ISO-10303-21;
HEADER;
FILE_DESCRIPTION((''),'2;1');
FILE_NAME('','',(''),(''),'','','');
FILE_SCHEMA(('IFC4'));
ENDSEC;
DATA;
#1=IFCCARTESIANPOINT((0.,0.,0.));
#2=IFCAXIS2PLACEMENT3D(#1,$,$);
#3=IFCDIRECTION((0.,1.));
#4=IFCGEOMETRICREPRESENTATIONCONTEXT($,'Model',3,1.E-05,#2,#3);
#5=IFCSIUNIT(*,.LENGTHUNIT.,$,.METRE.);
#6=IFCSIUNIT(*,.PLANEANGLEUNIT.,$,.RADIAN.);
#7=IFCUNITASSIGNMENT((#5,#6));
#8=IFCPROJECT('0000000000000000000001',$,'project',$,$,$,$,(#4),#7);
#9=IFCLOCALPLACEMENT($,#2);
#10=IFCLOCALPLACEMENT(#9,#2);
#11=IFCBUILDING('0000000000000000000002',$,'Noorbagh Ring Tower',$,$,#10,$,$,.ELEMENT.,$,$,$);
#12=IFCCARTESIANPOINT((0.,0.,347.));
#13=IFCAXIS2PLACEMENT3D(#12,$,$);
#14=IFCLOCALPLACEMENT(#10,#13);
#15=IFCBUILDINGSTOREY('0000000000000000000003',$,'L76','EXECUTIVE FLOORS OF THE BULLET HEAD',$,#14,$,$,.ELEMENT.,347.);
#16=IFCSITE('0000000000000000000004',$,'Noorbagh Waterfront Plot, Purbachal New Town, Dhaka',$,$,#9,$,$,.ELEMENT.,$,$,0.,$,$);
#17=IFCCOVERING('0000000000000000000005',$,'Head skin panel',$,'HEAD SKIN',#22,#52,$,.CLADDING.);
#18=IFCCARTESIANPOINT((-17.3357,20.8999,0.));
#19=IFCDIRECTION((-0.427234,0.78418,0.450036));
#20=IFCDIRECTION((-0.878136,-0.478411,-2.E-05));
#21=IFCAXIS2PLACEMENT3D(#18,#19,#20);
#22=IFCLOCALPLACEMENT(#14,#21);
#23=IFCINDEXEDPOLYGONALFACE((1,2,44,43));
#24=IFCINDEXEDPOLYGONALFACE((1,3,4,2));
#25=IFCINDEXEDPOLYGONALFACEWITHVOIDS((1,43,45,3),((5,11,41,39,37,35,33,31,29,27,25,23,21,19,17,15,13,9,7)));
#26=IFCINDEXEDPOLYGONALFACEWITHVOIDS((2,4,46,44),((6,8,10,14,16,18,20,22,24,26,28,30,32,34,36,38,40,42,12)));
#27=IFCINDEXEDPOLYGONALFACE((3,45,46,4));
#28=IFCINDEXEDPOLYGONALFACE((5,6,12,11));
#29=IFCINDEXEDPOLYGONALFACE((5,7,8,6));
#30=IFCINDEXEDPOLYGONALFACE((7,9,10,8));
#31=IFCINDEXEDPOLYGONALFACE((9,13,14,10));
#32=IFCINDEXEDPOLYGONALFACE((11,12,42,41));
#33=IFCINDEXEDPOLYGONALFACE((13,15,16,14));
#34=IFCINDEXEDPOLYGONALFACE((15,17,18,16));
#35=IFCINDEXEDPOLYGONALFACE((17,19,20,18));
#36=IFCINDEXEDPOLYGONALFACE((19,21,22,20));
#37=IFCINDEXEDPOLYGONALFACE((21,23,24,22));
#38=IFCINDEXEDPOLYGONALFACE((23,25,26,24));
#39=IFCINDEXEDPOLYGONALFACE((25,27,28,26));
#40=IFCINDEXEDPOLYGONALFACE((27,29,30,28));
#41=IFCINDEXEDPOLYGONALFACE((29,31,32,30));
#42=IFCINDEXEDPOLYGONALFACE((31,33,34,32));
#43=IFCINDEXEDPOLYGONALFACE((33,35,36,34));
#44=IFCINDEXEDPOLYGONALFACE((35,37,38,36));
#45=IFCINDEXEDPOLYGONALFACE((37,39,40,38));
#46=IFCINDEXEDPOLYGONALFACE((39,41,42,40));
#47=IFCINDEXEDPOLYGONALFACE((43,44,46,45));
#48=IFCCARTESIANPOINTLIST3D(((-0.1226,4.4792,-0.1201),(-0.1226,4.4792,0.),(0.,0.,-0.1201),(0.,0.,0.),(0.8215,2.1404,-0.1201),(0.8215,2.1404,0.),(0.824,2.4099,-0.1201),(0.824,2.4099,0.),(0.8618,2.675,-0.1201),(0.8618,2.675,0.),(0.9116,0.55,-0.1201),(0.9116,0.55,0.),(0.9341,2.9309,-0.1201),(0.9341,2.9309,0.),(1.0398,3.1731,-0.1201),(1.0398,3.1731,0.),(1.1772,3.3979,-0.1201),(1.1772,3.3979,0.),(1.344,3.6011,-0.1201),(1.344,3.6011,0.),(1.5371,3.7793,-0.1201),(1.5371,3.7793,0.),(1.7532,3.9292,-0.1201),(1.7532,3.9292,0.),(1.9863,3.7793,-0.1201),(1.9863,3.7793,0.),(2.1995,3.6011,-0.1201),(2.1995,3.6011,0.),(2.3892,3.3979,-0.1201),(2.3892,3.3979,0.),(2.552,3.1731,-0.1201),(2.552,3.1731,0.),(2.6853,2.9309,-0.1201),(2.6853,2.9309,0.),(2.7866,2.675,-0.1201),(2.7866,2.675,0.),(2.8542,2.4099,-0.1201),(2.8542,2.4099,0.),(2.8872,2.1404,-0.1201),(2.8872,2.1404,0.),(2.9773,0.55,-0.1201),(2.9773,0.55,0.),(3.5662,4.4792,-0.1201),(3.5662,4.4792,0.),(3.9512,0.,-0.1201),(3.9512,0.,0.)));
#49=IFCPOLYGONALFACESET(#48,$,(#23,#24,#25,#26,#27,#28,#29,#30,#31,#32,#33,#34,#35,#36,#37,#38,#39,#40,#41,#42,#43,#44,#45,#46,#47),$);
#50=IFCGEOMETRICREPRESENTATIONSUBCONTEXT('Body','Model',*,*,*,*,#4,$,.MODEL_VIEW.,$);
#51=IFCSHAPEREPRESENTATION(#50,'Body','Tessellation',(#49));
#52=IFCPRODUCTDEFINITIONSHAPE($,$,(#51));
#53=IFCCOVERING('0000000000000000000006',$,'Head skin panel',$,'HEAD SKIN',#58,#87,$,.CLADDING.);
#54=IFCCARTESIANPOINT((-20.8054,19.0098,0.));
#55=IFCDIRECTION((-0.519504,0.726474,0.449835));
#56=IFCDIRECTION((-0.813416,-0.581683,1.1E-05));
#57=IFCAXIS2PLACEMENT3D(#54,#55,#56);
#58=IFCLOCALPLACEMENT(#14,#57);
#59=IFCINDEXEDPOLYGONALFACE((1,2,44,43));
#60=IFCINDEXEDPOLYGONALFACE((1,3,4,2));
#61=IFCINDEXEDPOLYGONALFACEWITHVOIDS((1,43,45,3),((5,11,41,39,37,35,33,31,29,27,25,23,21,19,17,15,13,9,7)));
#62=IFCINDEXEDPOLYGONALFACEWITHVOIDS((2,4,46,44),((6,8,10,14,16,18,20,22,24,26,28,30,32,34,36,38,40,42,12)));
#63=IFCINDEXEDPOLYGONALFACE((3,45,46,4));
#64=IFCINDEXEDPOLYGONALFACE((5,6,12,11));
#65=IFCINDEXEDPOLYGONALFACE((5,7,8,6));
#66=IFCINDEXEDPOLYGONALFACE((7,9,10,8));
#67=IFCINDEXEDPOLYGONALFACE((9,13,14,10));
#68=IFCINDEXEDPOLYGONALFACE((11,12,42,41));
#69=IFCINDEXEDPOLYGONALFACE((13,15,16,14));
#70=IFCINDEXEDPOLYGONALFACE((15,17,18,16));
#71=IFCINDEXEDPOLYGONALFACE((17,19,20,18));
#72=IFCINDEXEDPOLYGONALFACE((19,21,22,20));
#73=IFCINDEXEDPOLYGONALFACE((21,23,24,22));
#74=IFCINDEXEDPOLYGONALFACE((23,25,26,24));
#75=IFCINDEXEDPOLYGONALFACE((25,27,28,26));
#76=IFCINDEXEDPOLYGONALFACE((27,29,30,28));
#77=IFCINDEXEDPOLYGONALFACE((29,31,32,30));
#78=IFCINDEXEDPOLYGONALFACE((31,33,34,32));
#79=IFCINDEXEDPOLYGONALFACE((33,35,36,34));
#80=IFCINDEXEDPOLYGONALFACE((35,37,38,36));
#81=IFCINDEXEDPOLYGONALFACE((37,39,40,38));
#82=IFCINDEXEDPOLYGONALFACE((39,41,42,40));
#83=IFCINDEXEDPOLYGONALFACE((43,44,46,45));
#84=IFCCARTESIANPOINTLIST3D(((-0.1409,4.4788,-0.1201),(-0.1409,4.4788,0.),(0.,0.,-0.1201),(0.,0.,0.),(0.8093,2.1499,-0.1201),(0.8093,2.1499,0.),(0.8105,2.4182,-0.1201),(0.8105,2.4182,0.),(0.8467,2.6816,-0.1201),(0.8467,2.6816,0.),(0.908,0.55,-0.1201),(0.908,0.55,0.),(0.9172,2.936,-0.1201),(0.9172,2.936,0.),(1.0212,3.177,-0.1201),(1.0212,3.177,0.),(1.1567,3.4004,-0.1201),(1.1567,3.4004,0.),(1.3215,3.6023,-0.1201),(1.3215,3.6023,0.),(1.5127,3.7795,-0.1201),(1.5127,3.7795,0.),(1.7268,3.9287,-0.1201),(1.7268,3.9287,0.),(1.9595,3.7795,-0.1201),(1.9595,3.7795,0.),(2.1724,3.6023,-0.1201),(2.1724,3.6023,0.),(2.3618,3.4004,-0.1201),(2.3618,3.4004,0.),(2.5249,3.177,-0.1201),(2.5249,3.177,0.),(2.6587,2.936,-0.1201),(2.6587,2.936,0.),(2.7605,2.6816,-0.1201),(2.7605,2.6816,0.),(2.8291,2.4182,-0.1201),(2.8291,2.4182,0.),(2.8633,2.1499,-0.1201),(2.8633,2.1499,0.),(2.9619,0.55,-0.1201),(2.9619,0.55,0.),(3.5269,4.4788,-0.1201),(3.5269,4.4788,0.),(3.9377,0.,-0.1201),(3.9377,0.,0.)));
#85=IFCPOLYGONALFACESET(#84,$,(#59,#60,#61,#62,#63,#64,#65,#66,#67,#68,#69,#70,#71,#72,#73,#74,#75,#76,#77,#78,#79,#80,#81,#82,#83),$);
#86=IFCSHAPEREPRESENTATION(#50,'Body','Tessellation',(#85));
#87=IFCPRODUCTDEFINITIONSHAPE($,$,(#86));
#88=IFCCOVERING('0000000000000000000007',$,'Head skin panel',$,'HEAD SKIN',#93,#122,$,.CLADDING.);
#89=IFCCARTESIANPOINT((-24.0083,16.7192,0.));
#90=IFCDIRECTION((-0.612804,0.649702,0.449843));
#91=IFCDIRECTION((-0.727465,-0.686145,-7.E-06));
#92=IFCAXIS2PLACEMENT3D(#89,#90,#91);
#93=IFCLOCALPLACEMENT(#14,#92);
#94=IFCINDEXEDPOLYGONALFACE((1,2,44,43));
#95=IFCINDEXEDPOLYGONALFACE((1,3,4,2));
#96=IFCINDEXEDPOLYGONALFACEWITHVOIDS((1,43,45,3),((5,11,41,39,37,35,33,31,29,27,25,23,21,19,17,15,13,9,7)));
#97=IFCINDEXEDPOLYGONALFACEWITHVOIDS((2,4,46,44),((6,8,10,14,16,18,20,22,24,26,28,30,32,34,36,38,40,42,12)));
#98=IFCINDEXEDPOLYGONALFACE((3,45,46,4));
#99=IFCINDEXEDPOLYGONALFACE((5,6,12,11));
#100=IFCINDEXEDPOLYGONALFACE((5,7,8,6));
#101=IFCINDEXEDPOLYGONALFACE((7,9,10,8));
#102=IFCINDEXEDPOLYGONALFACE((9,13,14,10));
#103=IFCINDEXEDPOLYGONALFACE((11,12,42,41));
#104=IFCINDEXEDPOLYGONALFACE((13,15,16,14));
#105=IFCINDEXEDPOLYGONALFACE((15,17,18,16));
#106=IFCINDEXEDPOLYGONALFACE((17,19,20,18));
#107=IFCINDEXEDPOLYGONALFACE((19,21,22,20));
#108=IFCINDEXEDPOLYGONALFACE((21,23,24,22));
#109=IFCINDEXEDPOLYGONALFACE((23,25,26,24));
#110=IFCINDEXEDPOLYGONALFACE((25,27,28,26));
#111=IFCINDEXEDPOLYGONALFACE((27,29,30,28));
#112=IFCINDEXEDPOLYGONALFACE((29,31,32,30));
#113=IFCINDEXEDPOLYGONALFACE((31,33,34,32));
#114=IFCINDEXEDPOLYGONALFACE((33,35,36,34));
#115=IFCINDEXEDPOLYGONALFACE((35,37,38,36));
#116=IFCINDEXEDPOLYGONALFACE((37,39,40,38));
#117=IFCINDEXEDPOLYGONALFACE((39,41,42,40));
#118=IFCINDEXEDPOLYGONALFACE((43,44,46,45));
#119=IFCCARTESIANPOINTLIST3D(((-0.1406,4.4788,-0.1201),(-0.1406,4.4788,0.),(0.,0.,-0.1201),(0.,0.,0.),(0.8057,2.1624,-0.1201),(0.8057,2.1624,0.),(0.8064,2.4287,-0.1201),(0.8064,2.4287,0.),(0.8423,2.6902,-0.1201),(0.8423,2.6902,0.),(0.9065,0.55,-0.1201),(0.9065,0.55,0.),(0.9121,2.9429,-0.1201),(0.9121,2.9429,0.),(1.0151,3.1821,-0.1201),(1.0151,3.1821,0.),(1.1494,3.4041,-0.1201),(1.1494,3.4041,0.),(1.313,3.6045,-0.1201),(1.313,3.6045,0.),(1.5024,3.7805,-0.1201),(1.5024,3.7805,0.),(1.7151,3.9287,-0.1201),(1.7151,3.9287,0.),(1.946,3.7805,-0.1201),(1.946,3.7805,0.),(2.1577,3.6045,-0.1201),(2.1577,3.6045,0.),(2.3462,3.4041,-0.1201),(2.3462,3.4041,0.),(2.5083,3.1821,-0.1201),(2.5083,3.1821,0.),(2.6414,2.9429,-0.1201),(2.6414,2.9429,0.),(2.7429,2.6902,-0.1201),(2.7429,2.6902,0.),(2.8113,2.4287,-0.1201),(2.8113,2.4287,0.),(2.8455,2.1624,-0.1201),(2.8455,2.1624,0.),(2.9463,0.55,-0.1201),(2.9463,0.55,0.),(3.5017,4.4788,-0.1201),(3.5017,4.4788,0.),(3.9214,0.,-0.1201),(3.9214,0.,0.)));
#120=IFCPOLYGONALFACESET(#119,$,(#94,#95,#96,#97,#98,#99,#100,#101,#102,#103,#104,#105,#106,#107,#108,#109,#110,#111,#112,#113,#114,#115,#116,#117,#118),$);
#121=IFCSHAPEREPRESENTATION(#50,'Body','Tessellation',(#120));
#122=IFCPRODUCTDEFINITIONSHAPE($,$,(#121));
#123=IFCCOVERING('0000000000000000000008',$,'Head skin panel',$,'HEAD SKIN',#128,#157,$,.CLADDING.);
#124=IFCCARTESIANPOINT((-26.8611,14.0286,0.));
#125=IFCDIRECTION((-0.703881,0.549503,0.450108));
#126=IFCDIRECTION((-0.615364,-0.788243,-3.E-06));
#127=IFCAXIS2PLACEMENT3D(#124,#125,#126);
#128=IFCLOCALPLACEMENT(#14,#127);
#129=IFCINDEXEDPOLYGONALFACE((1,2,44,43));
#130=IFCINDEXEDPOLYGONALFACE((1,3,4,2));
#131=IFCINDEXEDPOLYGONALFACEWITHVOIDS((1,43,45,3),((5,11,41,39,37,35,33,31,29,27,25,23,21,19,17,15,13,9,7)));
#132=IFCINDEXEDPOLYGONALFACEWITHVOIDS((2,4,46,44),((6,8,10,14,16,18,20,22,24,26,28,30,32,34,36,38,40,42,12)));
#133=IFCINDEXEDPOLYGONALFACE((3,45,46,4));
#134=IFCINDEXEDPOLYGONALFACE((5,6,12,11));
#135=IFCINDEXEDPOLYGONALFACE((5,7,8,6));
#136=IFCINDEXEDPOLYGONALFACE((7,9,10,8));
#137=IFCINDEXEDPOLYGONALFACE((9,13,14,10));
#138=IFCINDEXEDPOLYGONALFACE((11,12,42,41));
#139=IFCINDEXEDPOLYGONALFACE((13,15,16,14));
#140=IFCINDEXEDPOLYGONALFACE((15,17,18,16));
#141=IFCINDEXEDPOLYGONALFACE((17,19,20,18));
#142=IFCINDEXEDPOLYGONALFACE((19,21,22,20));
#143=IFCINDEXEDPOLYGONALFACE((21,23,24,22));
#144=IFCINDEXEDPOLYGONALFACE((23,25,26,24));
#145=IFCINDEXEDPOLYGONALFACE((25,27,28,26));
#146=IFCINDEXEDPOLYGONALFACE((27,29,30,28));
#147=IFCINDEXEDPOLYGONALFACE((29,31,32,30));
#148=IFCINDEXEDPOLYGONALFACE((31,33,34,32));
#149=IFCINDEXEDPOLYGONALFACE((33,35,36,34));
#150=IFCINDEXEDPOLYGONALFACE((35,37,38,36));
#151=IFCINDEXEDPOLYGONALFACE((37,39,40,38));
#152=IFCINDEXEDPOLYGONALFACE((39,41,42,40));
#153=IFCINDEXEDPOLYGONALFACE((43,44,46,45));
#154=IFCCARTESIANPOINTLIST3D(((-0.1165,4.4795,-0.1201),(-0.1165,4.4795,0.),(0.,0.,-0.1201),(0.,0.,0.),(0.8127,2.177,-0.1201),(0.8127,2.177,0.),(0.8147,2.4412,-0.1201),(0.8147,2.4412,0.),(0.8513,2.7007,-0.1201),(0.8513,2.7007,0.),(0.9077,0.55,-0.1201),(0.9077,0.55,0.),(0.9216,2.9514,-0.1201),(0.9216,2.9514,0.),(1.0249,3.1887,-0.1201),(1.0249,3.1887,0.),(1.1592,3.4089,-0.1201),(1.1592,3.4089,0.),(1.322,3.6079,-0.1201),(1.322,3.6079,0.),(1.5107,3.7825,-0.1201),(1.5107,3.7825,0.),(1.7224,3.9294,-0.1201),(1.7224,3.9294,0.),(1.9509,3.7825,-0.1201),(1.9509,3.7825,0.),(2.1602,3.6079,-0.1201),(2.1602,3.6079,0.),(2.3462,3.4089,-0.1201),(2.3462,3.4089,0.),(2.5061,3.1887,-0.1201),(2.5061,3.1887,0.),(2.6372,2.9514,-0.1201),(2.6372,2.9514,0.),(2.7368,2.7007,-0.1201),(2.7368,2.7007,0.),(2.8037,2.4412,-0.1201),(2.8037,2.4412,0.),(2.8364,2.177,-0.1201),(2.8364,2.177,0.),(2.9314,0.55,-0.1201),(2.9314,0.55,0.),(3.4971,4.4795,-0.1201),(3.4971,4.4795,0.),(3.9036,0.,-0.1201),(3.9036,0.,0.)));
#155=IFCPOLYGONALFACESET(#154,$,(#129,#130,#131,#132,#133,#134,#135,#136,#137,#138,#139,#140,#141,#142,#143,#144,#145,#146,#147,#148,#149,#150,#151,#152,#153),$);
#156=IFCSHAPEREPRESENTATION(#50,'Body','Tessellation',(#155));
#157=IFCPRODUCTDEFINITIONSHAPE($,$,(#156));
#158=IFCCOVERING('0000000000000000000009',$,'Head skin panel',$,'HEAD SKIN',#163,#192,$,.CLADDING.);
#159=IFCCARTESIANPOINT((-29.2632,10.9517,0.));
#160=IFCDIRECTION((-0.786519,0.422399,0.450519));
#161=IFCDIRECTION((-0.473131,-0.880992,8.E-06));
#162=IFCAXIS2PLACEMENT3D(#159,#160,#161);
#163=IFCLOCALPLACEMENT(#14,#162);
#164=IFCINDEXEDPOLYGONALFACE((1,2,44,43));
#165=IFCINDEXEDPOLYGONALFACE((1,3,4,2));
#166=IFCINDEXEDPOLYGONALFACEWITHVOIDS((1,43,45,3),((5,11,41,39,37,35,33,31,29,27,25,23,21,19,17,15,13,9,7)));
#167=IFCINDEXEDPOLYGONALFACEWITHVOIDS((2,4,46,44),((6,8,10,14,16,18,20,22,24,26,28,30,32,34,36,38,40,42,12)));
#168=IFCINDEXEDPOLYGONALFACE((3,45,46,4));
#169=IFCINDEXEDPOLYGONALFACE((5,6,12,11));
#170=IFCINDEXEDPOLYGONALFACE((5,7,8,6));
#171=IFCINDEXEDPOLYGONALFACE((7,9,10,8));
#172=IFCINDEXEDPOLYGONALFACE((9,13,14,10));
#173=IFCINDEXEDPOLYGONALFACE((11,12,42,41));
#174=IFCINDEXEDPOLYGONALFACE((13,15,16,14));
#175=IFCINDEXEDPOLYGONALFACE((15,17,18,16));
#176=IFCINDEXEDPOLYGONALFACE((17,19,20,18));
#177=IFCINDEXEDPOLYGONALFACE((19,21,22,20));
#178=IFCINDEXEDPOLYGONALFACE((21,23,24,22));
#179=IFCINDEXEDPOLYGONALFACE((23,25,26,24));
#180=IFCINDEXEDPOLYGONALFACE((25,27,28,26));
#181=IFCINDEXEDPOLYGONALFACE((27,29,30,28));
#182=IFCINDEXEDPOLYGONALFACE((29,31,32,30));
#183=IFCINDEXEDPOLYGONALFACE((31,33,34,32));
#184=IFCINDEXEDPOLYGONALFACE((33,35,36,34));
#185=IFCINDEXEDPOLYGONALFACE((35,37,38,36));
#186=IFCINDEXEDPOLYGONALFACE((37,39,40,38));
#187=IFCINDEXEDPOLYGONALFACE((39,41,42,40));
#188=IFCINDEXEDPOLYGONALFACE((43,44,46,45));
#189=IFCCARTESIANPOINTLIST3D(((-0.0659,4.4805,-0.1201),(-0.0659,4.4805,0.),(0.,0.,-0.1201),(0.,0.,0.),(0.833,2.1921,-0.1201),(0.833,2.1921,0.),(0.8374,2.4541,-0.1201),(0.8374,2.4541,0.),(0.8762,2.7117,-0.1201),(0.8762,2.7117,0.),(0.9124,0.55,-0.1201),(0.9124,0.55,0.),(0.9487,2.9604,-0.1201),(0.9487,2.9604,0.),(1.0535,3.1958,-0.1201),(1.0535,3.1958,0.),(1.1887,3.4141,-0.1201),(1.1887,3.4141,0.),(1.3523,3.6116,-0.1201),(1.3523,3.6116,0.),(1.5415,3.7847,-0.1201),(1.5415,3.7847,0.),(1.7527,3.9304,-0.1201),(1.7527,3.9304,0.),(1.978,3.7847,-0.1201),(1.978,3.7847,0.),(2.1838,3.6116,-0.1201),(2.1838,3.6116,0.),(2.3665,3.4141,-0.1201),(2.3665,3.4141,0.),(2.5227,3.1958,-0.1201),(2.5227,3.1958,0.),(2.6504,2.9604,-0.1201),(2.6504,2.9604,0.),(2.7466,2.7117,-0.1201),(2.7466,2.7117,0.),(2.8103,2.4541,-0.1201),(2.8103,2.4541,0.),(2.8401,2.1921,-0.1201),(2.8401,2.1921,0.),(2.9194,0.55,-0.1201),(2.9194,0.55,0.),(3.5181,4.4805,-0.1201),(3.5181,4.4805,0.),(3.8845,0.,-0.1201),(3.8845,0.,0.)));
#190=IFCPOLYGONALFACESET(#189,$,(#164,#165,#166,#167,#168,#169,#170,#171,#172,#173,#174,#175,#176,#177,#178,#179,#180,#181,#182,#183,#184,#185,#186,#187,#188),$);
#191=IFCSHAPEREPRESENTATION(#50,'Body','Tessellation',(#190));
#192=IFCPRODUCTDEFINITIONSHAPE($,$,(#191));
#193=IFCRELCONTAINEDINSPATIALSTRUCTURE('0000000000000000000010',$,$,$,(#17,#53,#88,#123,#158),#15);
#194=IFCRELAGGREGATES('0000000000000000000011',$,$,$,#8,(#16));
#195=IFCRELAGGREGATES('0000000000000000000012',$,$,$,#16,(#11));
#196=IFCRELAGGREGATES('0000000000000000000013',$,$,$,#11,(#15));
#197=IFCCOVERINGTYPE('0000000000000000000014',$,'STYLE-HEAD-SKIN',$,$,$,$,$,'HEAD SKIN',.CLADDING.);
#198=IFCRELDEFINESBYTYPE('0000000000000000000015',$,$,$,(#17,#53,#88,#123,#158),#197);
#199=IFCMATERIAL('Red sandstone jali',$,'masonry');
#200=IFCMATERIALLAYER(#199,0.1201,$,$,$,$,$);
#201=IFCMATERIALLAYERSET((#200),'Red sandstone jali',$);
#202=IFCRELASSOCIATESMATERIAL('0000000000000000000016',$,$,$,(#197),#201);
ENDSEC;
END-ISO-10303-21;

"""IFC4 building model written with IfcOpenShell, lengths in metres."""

from ifc_helpers import new_model, si_unit, direction, frame, origin, place, context, subcontext, project, spatial, polyline, outline, extrude, material, layer, layer_set, type_object, element, save


model = new_model("IFC4")

# Units and contexts
model_context = context("Model", 3, precision=1e-05, world=origin(), true_north=direction((0.0, 1.0)))
body_context = subcontext(model_context, "Body", "Model", "MODEL_VIEW")
ifc_project = project(units=[si_unit("LENGTHUNIT", "METRE"), si_unit("PLANEANGLEUNIT", "RADIAN")], contexts=[model_context])

# Site, building, storey
site_placement = place(None, origin())
site = spatial("IfcSite", under=ifc_project, at=site_placement, Name="Noorbagh Waterfront Plot, Purbachal New Town, Dhaka", CompositionType="ELEMENT", RefElevation=0.0)
building_placement = place(site_placement, origin())
building = spatial("IfcBuilding", under=site, at=building_placement, Name="Noorbagh Ring Tower", CompositionType="ELEMENT")
storey_placement = place(building_placement, frame((0.0, 0.0, 347.0)))
storey = spatial("IfcBuildingStorey", under=building, at=storey_placement, Name="L76", Description="EXECUTIVE FLOORS OF THE BULLET HEAD", CompositionType="ELEMENT", Elevation=347.0)

# Coverings
ifc_material_1 = material(Name="Red sandstone jali", Category="masonry")
ifc_layer_1 = layer(ifc_material_1, 0.1201)
ifc_layer_set_1 = layer_set([ifc_layer_1], Name="Red sandstone jali")
covering_type_1 = type_object("IfcCoveringType", Name="STYLE-HEAD-SKIN", ElementType="HEAD SKIN", PredefinedType="CLADDING", material=ifc_layer_set_1)
covering_1_placement = place(storey_placement, frame((-17.3357, 20.8999, 0.0), z_axis=(-0.427234, 0.78418, 0.450036), x_axis=(-0.878136, -0.478411, -0.00002)))
element("IfcCovering", 1, at=covering_1_placement, inside=storey, type_object=covering_type_1, Name="Head skin panel", ObjectType="HEAD SKIN", PredefinedType="CLADDING", context=body_context, shape_type="SweptSolid", body=[
    extrude(outline(polyline([(0.0, 0.0), (3.9512, 0.0), (3.5662, 4.4792), (-0.1226, 4.4792), (0.0, 0.0)]), holes=[polyline([(0.9116, 0.55), (0.8215, 2.1404), (0.824, 2.4099), (0.8618, 2.675), (0.9341, 2.9309), (1.0398, 3.1731), (1.1772, 3.3979), (1.344, 3.6011), (1.5371, 3.7793), (1.7532, 3.9292), (1.9863, 3.7793), (2.1995, 3.6011), (2.3892, 3.3979), (2.552, 3.1731), (2.6853, 2.9309), (2.7866, 2.675), (2.8542, 2.4099), (2.8872, 2.1404), (2.9773, 0.55), (0.9116, 0.55)])]), origin(), (0.0, 0.0, -1.0), 0.1201),
])
covering_2_placement = place(storey_placement, frame((-20.8054, 19.0098, 0.0), z_axis=(-0.519504, 0.726474, 0.449835), x_axis=(-0.813416, -0.581683, 0.000011)))
element("IfcCovering", 2, at=covering_2_placement, inside=storey, type_object=covering_type_1, Name="Head skin panel", ObjectType="HEAD SKIN", PredefinedType="CLADDING", context=body_context, shape_type="SweptSolid", body=[
    extrude(outline(polyline([(0.0, 0.0), (3.9377, 0.0), (3.5269, 4.4788), (-0.1409, 4.4788), (0.0, 0.0)]), holes=[polyline([(0.908, 0.55), (0.8093, 2.1499), (0.8105, 2.4182), (0.8467, 2.6816), (0.9172, 2.936), (1.0212, 3.177), (1.1567, 3.4004), (1.3215, 3.6023), (1.5127, 3.7795), (1.7268, 3.9287), (1.9595, 3.7795), (2.1724, 3.6023), (2.3618, 3.4004), (2.5249, 3.177), (2.6587, 2.936), (2.7605, 2.6816), (2.8291, 2.4182), (2.8633, 2.1499), (2.9619, 0.55), (0.908, 0.55)])]), origin(), (0.0, 0.0, -1.0), 0.1201),
])
covering_3_placement = place(storey_placement, frame((-24.0083, 16.7192, 0.0), z_axis=(-0.612804, 0.649702, 0.449843), x_axis=(-0.727465, -0.686145, -0.000007)))
element("IfcCovering", 3, at=covering_3_placement, inside=storey, type_object=covering_type_1, Name="Head skin panel", ObjectType="HEAD SKIN", PredefinedType="CLADDING", context=body_context, shape_type="SweptSolid", body=[
    extrude(outline(polyline([(0.0, 0.0), (3.9214, 0.0), (3.5017, 4.4788), (-0.1406, 4.4788), (0.0, 0.0)]), holes=[polyline([(0.9065, 0.55), (0.8057, 2.1624), (0.8064, 2.4287), (0.8423, 2.6902), (0.9121, 2.9429), (1.0151, 3.1821), (1.1494, 3.4041), (1.313, 3.6045), (1.5024, 3.7805), (1.7151, 3.9287), (1.946, 3.7805), (2.1577, 3.6045), (2.3462, 3.4041), (2.5083, 3.1821), (2.6414, 2.9429), (2.7429, 2.6902), (2.8113, 2.4287), (2.8455, 2.1624), (2.9463, 0.55), (0.9065, 0.55)])]), origin(), (0.0, 0.0, -1.0), 0.1201),
])
covering_4_placement = place(storey_placement, frame((-26.8611, 14.0286, 0.0), z_axis=(-0.703881, 0.549503, 0.450108), x_axis=(-0.615364, -0.788243, -0.000003)))
element("IfcCovering", 4, at=covering_4_placement, inside=storey, type_object=covering_type_1, Name="Head skin panel", ObjectType="HEAD SKIN", PredefinedType="CLADDING", context=body_context, shape_type="SweptSolid", body=[
    extrude(outline(polyline([(0.0, 0.0), (3.9036, 0.0), (3.4971, 4.4795), (-0.1165, 4.4795), (0.0, 0.0)]), holes=[polyline([(0.9077, 0.55), (0.8127, 2.177), (0.8147, 2.4412), (0.8513, 2.7007), (0.9216, 2.9514), (1.0249, 3.1887), (1.1592, 3.4089), (1.322, 3.6079), (1.5107, 3.7825), (1.7224, 3.9294), (1.9509, 3.7825), (2.1602, 3.6079), (2.3462, 3.4089), (2.5061, 3.1887), (2.6372, 2.9514), (2.7368, 2.7007), (2.8037, 2.4412), (2.8364, 2.177), (2.9314, 0.55), (0.9077, 0.55)])]), origin(), (0.0, 0.0, -1.0), 0.1201),
])
covering_5_placement = place(storey_placement, frame((-29.2632, 10.9517, 0.0), z_axis=(-0.786519, 0.422399, 0.450519), x_axis=(-0.473131, -0.880992, 0.000008)))
element("IfcCovering", 5, at=covering_5_placement, inside=storey, type_object=covering_type_1, Name="Head skin panel", ObjectType="HEAD SKIN", PredefinedType="CLADDING", context=body_context, shape_type="SweptSolid", body=[
    extrude(outline(polyline([(0.0, 0.0), (3.8845, 0.0), (3.5181, 4.4805), (-0.0659, 4.4805), (0.0, 0.0)]), holes=[polyline([(0.9124, 0.55), (0.833, 2.1921), (0.8374, 2.4541), (0.8762, 2.7117), (0.9487, 2.9604), (1.0535, 3.1958), (1.1887, 3.4141), (1.3523, 3.6116), (1.5415, 3.7847), (1.7527, 3.9304), (1.978, 3.7847), (2.1838, 3.6116), (2.3665, 3.4141), (2.5227, 3.1958), (2.6504, 2.9604), (2.7466, 2.7117), (2.8103, 2.4541), (2.8401, 2.1921), (2.9194, 0.55), (0.9124, 0.55)])]), origin(), (0.0, 0.0, -1.0), 0.1201),
])

save(model, "model.ifc")
